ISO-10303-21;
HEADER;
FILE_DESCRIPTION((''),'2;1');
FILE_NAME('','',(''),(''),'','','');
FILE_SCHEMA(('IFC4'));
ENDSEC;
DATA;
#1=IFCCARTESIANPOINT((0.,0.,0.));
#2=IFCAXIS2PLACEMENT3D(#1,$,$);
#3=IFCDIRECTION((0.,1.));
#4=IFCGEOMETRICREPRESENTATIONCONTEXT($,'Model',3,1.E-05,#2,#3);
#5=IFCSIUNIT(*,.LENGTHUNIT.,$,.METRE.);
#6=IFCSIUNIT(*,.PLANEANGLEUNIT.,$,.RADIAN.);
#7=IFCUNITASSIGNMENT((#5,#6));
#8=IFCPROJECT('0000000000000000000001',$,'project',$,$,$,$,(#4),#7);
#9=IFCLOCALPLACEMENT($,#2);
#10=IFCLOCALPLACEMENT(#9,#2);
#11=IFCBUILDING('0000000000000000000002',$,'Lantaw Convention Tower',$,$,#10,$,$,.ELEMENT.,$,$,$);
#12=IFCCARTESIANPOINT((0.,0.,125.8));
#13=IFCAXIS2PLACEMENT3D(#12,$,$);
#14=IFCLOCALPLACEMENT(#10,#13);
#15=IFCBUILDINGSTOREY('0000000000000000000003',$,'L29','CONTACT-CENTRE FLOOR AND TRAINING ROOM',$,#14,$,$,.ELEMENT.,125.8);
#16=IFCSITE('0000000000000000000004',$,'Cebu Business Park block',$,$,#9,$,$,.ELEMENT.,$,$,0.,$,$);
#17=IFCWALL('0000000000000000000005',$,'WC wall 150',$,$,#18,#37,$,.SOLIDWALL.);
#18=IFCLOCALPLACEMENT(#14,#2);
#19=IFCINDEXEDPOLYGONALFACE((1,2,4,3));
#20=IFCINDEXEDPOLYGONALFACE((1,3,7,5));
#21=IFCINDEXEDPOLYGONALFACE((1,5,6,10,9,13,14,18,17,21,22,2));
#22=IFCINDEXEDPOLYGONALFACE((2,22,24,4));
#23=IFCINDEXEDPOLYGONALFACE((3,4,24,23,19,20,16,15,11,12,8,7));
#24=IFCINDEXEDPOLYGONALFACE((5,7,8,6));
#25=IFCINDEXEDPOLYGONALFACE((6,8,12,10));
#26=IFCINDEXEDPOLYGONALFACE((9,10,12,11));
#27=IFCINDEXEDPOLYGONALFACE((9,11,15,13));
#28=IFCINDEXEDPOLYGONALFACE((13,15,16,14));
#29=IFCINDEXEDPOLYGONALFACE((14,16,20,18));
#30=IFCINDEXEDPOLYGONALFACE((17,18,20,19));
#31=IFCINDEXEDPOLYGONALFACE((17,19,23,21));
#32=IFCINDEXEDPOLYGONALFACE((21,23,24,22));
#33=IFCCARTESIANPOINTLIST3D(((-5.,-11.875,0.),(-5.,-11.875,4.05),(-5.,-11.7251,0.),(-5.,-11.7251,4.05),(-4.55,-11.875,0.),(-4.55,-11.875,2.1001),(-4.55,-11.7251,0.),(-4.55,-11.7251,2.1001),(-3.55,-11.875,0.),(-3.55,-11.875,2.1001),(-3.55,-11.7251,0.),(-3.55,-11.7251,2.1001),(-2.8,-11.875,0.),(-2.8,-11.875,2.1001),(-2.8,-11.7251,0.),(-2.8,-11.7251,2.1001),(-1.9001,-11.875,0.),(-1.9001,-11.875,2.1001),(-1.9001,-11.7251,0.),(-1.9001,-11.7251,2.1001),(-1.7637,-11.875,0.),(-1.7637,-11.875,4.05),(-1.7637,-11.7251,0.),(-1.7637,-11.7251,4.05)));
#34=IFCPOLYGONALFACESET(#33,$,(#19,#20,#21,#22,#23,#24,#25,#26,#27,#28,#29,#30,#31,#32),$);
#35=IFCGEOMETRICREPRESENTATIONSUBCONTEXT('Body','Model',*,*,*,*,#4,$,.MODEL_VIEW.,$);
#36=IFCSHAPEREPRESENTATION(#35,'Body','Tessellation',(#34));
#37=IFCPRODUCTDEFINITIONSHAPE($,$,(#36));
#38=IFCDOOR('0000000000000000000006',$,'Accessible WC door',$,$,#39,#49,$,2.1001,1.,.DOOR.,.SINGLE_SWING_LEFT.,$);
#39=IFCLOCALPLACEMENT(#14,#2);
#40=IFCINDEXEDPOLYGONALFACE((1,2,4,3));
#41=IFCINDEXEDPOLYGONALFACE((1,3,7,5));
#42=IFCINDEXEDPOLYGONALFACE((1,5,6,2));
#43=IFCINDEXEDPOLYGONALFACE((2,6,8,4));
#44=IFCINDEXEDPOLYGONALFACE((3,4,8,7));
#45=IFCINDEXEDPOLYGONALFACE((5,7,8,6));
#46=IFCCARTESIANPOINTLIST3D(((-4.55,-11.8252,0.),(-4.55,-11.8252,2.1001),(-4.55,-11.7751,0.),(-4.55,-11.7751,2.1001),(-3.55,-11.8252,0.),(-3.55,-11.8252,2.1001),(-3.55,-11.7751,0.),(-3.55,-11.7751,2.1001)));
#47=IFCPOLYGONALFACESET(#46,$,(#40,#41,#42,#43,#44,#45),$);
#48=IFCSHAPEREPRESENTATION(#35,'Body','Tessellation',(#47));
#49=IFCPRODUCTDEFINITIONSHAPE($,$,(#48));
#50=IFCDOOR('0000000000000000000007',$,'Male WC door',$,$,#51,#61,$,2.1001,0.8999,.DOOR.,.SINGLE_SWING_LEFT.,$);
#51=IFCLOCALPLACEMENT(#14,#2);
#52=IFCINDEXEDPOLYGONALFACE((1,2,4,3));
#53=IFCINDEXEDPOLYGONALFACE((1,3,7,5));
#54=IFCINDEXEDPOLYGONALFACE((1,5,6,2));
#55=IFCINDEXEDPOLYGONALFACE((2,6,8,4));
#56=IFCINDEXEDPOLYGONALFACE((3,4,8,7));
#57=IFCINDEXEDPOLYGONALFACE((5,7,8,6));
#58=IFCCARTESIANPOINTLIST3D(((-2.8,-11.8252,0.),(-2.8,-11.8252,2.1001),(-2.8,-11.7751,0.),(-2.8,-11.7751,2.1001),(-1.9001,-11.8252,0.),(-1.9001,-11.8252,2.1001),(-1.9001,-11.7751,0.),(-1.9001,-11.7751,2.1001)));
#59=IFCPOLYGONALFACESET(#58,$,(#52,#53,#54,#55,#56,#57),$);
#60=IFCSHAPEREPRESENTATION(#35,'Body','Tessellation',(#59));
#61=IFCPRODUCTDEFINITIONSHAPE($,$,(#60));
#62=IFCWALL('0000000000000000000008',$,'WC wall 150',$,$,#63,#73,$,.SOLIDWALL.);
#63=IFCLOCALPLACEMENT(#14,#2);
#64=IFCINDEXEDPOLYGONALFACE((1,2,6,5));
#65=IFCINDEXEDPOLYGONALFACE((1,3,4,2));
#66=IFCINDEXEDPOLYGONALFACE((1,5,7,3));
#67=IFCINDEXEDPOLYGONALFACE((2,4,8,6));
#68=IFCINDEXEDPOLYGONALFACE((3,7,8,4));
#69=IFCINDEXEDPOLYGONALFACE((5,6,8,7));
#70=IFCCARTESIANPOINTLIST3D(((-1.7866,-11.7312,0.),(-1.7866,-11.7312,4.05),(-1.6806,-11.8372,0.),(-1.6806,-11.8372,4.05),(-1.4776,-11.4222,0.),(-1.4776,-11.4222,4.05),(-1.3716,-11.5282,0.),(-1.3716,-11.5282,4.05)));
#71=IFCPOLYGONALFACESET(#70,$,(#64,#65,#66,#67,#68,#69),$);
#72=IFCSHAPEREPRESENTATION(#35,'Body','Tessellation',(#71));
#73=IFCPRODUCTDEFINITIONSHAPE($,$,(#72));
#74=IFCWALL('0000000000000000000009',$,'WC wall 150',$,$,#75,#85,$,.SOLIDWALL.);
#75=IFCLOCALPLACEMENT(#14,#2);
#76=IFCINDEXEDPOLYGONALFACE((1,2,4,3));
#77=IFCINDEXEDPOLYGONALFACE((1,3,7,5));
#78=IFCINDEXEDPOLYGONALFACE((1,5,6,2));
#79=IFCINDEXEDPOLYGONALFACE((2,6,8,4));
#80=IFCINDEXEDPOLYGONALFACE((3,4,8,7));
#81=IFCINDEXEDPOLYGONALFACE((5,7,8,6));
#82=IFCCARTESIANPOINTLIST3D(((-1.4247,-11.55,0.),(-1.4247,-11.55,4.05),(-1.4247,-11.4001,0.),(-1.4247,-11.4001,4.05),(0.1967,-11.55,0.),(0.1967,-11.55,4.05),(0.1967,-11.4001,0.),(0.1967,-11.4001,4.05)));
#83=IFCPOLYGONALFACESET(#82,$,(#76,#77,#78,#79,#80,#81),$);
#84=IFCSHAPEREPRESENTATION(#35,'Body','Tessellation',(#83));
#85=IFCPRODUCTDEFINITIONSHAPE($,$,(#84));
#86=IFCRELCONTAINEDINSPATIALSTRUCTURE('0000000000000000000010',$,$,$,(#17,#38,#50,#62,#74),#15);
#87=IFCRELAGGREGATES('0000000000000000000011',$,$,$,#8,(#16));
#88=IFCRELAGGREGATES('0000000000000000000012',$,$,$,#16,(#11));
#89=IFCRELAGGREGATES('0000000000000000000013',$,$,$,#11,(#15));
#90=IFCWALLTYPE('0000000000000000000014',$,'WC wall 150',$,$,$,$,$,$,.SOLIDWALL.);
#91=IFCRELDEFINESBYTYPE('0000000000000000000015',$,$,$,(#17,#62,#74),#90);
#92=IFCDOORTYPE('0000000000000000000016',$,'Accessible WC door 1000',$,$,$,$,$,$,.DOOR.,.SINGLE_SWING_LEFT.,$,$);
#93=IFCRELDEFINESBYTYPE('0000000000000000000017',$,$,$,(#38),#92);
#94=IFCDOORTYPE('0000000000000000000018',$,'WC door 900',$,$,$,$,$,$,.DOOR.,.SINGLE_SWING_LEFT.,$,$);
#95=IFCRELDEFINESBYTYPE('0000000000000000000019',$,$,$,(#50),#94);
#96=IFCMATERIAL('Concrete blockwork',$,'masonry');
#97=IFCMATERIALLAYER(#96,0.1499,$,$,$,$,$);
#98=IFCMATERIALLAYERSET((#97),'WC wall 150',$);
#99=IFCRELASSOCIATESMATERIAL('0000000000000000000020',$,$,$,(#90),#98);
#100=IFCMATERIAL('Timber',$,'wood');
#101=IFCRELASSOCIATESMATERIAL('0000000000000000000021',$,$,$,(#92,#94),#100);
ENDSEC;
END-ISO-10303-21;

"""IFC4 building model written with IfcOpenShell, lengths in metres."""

from ifc_helpers import new_model, si_unit, direction, frame, frame_2d, origin, place, context, subcontext, project, spatial, rectangle, extrude, material, layer, layer_set, type_object, element, fill, save


model = new_model("IFC4")

# Units and contexts
model_context = context("Model", 3, precision=1e-05, world=origin(), true_north=direction((0.0, 1.0)))
body_context = subcontext(model_context, "Body", "Model", "MODEL_VIEW")
ifc_project = project(units=[si_unit("LENGTHUNIT", "METRE"), si_unit("PLANEANGLEUNIT", "RADIAN")], contexts=[model_context])

# Site, building, storey
site_placement = place(None, origin())
site = spatial("IfcSite", under=ifc_project, at=site_placement, Name="Cebu Business Park block", CompositionType="ELEMENT", RefElevation=0.0)
building_placement = place(site_placement, origin())
building = spatial("IfcBuilding", under=site, at=building_placement, Name="Lantaw Convention Tower", CompositionType="ELEMENT")
storey_placement = place(building_placement, frame((0.0, 0.0, 125.8)))
storey = spatial("IfcBuildingStorey", under=building, at=storey_placement, Name="L29", Description="CONTACT-CENTRE FLOOR AND TRAINING ROOM", CompositionType="ELEMENT", Elevation=125.8)

# Wall, openings, doors
ifc_material_1 = material(Name="Concrete blockwork", Category="masonry")
ifc_layer_1 = layer(ifc_material_1, 0.1499)
ifc_layer_set_1 = layer_set([ifc_layer_1], Name="WC wall 150")
wall_type_1 = type_object("IfcWallType", Name="WC wall 150", PredefinedType="SOLIDWALL", material=ifc_layer_set_1)
wall_1_placement = place(storey_placement, frame((-5.0, -11.8, 0.0), z_axis=(0.0, 0.0, 1.0), x_axis=(1.0, 0.0, 0.0)))
wall_1 = element("IfcWall", 1, at=wall_1_placement, inside=storey, type_object=wall_type_1, Name="WC wall 150", PredefinedType="SOLIDWALL", context=body_context, shape_type="SweptSolid", body=[
    extrude(rectangle(XDim=3.2363, YDim=0.1499, at=frame_2d((1.6182, 0.0))), origin(), (0.0, 0.0, 1.0), 4.05),
])
opening_1_placement = place(wall_1_placement, frame((0.45, 0.0, 0.0)))
opening_1 = element("IfcOpeningElement", 2, at=opening_1_placement, cuts=wall_1, PredefinedType="OPENING", context=body_context, shape_type="SweptSolid", body=[
    extrude(rectangle(XDim=1.0, YDim=2.1001, at=frame_2d((0.5, 1.05))), frame((0.0, 0.085, 0.0), z_axis=(0.0, -1.0, 0.0), x_axis=(1.0, 0.0, 0.0)), (0.0, 0.0, 1.0), 0.1699),
])
opening_2_placement = place(wall_1_placement, frame((2.2, 0.0, 0.0)))
opening_2 = element("IfcOpeningElement", 3, at=opening_2_placement, cuts=wall_1, PredefinedType="OPENING", context=body_context, shape_type="SweptSolid", body=[
    extrude(rectangle(XDim=0.8999, YDim=2.1001, at=frame_2d((0.45, 1.05))), frame((0.0, 0.085, 0.0), z_axis=(0.0, -1.0, 0.0), x_axis=(1.0, 0.0, 0.0)), (0.0, 0.0, 1.0), 0.1699),
])
ifc_material_2 = material(Name="Timber", Category="wood")
door_type_1 = type_object("IfcDoorType", Name="Accessible WC door 1000", OperationType="SINGLE_SWING_LEFT", PredefinedType="DOOR", material=ifc_material_2)
door_1_placement = place(opening_1_placement, origin())
door_1 = element("IfcDoor", 4, at=door_1_placement, inside=storey, type_object=door_type_1, Name="Accessible WC door", OperationType="SINGLE_SWING_LEFT", OverallHeight=2.1001, OverallWidth=1.0, PredefinedType="DOOR", context=body_context, shape_type="SweptSolid", body=[
    extrude(rectangle(XDim=1.0, YDim=2.1001, at=frame_2d((0.5, 1.05))), frame((0.0, 0.0249, 0.0), z_axis=(0.0, -1.0, 0.0), x_axis=(1.0, 0.0, 0.0)), (0.0, 0.0, 1.0), 0.05),
])
fill(opening_1, door_1)
door_type_2 = type_object("IfcDoorType", Name="WC door 900", OperationType="SINGLE_SWING_LEFT", PredefinedType="DOOR", material=ifc_material_2)
door_2_placement = place(opening_2_placement, origin())
door_2 = element("IfcDoor", 5, at=door_2_placement, inside=storey, type_object=door_type_2, Name="Male WC door", OperationType="SINGLE_SWING_LEFT", OverallHeight=2.1001, OverallWidth=0.8999, PredefinedType="DOOR", context=body_context, shape_type="SweptSolid", body=[
    extrude(rectangle(XDim=0.8999, YDim=2.1001, at=frame_2d((0.45, 1.05))), frame((0.0, 0.0249, 0.0), z_axis=(0.0, -1.0, 0.0), x_axis=(1.0, 0.0, 0.0)), (0.0, 0.0, 1.0), 0.05),
])
fill(opening_2, door_2)

# Walls
wall_2_placement = place(storey_placement, frame((-1.7336, -11.7842, 0.0), z_axis=(0.0, 0.0, 1.0), x_axis=(0.707107, 0.707107, 0.0)))
element("IfcWall", 6, at=wall_2_placement, inside=storey, type_object=wall_type_1, Name="WC wall 150", PredefinedType="SOLIDWALL", context=body_context, shape_type="SweptSolid", body=[
    extrude(rectangle(XDim=0.437, YDim=0.1499, at=frame_2d((0.2185, 0.0))), origin(), (0.0, 0.0, 1.0), 4.05),
])
wall_3_placement = place(storey_placement, frame((-1.4246, -11.4751, 0.0), z_axis=(0.0, 0.0, 1.0), x_axis=(1.0, 0.0, 0.0)))
element("IfcWall", 7, at=wall_3_placement, inside=storey, type_object=wall_type_1, Name="WC wall 150", PredefinedType="SOLIDWALL", context=body_context, shape_type="SweptSolid", body=[
    extrude(rectangle(XDim=1.6213, YDim=0.1499, at=frame_2d((0.8105, 0.0))), origin(), (0.0, 0.0, 1.0), 4.05),
])

save(model, "model.ifc")
